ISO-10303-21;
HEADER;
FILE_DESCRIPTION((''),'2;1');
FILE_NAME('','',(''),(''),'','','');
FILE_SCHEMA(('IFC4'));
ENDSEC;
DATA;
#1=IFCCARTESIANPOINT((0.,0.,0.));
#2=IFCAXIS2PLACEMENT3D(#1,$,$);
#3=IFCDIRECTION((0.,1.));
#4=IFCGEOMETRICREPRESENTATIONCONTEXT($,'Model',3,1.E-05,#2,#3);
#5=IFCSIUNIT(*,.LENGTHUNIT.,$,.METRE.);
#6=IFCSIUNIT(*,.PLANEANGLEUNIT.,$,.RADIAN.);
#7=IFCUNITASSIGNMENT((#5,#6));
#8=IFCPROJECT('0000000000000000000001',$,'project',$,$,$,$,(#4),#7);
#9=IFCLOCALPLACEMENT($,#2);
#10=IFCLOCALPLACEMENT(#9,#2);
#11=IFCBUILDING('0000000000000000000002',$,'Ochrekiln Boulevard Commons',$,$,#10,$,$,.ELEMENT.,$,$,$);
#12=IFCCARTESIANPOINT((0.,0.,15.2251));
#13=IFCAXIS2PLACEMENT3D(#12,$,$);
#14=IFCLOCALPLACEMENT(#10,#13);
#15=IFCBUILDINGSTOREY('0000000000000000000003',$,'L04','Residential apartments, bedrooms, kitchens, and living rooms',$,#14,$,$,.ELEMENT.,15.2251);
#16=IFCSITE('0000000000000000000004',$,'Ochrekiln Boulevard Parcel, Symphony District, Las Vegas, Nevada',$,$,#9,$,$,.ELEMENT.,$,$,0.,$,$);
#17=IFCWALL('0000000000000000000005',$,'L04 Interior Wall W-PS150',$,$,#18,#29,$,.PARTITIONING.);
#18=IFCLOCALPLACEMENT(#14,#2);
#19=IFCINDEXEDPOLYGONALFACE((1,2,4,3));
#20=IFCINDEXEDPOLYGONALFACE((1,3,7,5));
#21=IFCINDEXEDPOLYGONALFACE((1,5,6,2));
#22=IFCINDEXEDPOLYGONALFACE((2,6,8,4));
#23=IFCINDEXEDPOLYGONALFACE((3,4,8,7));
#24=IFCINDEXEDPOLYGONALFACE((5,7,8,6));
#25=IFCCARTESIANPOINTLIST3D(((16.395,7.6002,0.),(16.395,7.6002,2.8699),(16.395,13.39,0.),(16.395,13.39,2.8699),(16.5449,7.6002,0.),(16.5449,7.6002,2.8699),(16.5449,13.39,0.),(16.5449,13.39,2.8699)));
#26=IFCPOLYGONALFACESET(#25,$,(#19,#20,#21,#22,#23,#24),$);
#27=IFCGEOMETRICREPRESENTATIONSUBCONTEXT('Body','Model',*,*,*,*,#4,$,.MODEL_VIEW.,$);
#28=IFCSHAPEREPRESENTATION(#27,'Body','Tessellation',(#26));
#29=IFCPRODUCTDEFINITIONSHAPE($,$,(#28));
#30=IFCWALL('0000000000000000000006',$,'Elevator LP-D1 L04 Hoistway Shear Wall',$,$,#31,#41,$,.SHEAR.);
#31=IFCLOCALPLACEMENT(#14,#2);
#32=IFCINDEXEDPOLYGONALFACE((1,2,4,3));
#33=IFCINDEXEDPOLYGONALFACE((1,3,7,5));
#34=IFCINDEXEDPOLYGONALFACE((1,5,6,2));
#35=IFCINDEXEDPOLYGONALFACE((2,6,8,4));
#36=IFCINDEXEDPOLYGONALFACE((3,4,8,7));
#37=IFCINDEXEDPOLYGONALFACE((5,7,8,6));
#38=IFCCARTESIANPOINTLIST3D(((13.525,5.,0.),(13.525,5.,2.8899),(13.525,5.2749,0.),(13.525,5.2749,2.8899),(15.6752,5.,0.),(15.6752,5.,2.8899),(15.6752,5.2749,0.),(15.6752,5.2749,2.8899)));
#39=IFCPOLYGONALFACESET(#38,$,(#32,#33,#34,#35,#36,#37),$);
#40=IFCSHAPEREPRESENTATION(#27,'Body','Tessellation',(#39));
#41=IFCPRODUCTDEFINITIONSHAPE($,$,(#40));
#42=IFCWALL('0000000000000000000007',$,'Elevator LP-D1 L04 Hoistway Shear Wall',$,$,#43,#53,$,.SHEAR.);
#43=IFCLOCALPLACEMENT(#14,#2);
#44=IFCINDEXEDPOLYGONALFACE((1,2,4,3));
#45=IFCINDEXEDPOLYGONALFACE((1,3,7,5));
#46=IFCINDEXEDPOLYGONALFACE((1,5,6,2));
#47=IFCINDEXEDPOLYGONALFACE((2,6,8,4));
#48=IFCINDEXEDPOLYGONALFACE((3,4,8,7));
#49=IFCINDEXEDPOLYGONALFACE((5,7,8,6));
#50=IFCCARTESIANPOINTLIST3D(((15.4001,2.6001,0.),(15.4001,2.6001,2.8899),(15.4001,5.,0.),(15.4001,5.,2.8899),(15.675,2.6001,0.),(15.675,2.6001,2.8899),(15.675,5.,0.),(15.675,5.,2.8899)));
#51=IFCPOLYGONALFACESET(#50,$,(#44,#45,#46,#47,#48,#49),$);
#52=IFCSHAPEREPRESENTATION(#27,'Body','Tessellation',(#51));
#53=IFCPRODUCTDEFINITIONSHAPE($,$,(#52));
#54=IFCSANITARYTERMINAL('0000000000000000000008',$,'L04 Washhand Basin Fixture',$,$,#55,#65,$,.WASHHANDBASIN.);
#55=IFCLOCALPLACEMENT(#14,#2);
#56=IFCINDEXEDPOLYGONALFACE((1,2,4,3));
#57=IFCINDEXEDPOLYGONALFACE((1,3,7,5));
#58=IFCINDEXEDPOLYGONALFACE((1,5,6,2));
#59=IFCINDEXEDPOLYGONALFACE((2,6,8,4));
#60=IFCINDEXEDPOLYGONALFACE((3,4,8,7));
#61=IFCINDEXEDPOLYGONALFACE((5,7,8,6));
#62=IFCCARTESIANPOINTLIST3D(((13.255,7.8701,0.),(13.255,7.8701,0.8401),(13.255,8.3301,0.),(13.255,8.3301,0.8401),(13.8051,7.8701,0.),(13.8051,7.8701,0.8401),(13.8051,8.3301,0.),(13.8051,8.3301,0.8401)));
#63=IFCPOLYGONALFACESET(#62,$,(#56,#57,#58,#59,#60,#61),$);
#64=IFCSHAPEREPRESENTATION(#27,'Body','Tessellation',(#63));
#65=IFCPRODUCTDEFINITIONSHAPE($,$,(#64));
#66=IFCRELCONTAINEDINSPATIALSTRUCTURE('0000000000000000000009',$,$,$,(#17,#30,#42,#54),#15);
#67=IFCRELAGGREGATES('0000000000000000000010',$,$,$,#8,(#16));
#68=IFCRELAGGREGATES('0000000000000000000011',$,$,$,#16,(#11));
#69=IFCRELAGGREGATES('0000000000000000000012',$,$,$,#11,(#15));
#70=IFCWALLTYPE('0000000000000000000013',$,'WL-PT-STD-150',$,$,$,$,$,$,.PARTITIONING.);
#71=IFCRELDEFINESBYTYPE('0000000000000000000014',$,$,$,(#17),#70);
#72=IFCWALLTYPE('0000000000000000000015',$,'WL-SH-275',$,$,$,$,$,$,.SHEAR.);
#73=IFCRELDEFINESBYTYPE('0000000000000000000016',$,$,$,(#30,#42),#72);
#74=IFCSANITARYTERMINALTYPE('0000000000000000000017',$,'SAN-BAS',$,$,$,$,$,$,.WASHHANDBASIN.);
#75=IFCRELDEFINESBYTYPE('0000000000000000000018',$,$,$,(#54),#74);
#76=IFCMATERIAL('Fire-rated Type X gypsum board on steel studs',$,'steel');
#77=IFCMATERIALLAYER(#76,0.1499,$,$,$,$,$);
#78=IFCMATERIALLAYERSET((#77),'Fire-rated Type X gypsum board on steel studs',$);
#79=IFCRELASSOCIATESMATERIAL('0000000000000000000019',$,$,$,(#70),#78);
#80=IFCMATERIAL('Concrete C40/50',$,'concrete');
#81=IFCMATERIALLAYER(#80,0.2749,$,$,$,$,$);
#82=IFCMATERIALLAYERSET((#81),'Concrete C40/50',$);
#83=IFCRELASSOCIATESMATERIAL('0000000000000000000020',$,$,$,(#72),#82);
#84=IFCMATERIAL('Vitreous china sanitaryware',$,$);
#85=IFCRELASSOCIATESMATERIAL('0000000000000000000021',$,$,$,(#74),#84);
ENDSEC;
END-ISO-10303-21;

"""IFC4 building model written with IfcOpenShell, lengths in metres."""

from ifc_helpers import new_model, si_unit, direction, frame, frame_2d, origin, origin_2d, place, context, subcontext, project, spatial, rectangle, extrude, material, layer, layer_set, type_object, element, save


model = new_model("IFC4")

# Units and contexts
model_context = context("Model", 3, precision=1e-05, world=origin(), true_north=direction((0.0, 1.0)))
body_context = subcontext(model_context, "Body", "Model", "MODEL_VIEW")
ifc_project = project(units=[si_unit("LENGTHUNIT", "METRE"), si_unit("PLANEANGLEUNIT", "RADIAN")], contexts=[model_context])

# Site, building, storey
site_placement = place(None, origin())
site = spatial("IfcSite", under=ifc_project, at=site_placement, Name="Ochrekiln Boulevard Parcel, Symphony District, Las Vegas, Nevada", CompositionType="ELEMENT", RefElevation=0.0)
building_placement = place(site_placement, origin())
building = spatial("IfcBuilding", under=site, at=building_placement, Name="Ochrekiln Boulevard Commons", CompositionType="ELEMENT")
storey_placement = place(building_placement, frame((0.0, 0.0, 15.2251)))
storey = spatial("IfcBuildingStorey", under=building, at=storey_placement, Name="L04", Description="Residential apartments, bedrooms, kitchens, and living rooms", CompositionType="ELEMENT", Elevation=15.2251)

# Shared definitions
ifc_material_1 = material(Name="Concrete C40/50", Category="concrete")

# Walls
ifc_material_2 = material(Name="Fire-rated Type X gypsum board on steel studs", Category="steel")
ifc_layer_1 = layer(ifc_material_2, 0.1499)
ifc_layer_set_1 = layer_set([ifc_layer_1], Name="Fire-rated Type X gypsum board on steel studs")
wall_type_1 = type_object("IfcWallType", Name="WL-PT-STD-150", PredefinedType="PARTITIONING", material=ifc_layer_set_1)
wall_1_placement = place(storey_placement, frame((16.47, 7.6001, 0.0), z_axis=(0.0, 0.0, 1.0), x_axis=(0.0, 1.0, 0.0)))
element("IfcWall", 1, at=wall_1_placement, inside=storey, type_object=wall_type_1, Name="L04 Interior Wall W-PS150", PredefinedType="PARTITIONING", context=body_context, shape_type="SweptSolid", body=[
    extrude(rectangle(XDim=5.7898, YDim=0.1499, at=frame_2d((2.895, 0.0))), origin(), (0.0, 0.0, 1.0), 2.8699),
])
ifc_layer_2 = layer(ifc_material_1, 0.2749)
ifc_layer_set_2 = layer_set([ifc_layer_2], Name="Concrete C40/50")
wall_type_2 = type_object("IfcWallType", Name="WL-SH-275", PredefinedType="SHEAR", material=ifc_layer_set_2)
wall_2_placement = place(storey_placement, frame((13.5249, 5.1375, 0.0), z_axis=(0.0, 0.0, 1.0), x_axis=(1.0, 0.0, 0.0)))
element("IfcWall", 2, at=wall_2_placement, inside=storey, type_object=wall_type_2, Name="Elevator LP-D1 L04 Hoistway Shear Wall", PredefinedType="SHEAR", context=body_context, shape_type="SweptSolid", body=[
    extrude(rectangle(XDim=2.1501, YDim=0.2749, at=frame_2d((1.0752, 0.0))), origin(), (0.0, 0.0, 1.0), 2.8899),
])

# Wall
wall_3_placement = place(storey_placement, frame((15.5376, 2.6001, 0.0), z_axis=(0.0, 0.0, 1.0), x_axis=(0.0, 1.0, 0.0)))
element("IfcWall", 3, at=wall_3_placement, inside=storey, type_object=wall_type_2, Name="Elevator LP-D1 L04 Hoistway Shear Wall", PredefinedType="SHEAR", context=body_context, shape_type="SweptSolid", body=[
    extrude(rectangle(XDim=2.3999, YDim=0.2749, at=frame_2d((1.2, 0.0))), origin(), (0.0, 0.0, 1.0), 2.8899),
])

# Sanitary terminal
ifc_material_3 = material(Name="Vitreous china sanitaryware")
sanitary_terminal_type = type_object("IfcSanitaryTerminalType", Name="SAN-BAS", PredefinedType="WASHHANDBASIN", material=ifc_material_3)
sanitary_terminal_placement = place(storey_placement, frame((13.53, 8.1001, 0.0), z_axis=(0.0, 0.0, 1.0), x_axis=(1.0, 0.0, 0.0)))
element("IfcSanitaryTerminal", 4, at=sanitary_terminal_placement, inside=storey, type_object=sanitary_terminal_type, Name="L04 Washhand Basin Fixture", PredefinedType="WASHHANDBASIN", context=body_context, shape_type="SweptSolid", body=[
    extrude(rectangle(XDim=0.55, YDim=0.46, at=origin_2d()), origin(), (0.0, 0.0, 1.0), 0.8401),
])

save(model, "model.ifc")
